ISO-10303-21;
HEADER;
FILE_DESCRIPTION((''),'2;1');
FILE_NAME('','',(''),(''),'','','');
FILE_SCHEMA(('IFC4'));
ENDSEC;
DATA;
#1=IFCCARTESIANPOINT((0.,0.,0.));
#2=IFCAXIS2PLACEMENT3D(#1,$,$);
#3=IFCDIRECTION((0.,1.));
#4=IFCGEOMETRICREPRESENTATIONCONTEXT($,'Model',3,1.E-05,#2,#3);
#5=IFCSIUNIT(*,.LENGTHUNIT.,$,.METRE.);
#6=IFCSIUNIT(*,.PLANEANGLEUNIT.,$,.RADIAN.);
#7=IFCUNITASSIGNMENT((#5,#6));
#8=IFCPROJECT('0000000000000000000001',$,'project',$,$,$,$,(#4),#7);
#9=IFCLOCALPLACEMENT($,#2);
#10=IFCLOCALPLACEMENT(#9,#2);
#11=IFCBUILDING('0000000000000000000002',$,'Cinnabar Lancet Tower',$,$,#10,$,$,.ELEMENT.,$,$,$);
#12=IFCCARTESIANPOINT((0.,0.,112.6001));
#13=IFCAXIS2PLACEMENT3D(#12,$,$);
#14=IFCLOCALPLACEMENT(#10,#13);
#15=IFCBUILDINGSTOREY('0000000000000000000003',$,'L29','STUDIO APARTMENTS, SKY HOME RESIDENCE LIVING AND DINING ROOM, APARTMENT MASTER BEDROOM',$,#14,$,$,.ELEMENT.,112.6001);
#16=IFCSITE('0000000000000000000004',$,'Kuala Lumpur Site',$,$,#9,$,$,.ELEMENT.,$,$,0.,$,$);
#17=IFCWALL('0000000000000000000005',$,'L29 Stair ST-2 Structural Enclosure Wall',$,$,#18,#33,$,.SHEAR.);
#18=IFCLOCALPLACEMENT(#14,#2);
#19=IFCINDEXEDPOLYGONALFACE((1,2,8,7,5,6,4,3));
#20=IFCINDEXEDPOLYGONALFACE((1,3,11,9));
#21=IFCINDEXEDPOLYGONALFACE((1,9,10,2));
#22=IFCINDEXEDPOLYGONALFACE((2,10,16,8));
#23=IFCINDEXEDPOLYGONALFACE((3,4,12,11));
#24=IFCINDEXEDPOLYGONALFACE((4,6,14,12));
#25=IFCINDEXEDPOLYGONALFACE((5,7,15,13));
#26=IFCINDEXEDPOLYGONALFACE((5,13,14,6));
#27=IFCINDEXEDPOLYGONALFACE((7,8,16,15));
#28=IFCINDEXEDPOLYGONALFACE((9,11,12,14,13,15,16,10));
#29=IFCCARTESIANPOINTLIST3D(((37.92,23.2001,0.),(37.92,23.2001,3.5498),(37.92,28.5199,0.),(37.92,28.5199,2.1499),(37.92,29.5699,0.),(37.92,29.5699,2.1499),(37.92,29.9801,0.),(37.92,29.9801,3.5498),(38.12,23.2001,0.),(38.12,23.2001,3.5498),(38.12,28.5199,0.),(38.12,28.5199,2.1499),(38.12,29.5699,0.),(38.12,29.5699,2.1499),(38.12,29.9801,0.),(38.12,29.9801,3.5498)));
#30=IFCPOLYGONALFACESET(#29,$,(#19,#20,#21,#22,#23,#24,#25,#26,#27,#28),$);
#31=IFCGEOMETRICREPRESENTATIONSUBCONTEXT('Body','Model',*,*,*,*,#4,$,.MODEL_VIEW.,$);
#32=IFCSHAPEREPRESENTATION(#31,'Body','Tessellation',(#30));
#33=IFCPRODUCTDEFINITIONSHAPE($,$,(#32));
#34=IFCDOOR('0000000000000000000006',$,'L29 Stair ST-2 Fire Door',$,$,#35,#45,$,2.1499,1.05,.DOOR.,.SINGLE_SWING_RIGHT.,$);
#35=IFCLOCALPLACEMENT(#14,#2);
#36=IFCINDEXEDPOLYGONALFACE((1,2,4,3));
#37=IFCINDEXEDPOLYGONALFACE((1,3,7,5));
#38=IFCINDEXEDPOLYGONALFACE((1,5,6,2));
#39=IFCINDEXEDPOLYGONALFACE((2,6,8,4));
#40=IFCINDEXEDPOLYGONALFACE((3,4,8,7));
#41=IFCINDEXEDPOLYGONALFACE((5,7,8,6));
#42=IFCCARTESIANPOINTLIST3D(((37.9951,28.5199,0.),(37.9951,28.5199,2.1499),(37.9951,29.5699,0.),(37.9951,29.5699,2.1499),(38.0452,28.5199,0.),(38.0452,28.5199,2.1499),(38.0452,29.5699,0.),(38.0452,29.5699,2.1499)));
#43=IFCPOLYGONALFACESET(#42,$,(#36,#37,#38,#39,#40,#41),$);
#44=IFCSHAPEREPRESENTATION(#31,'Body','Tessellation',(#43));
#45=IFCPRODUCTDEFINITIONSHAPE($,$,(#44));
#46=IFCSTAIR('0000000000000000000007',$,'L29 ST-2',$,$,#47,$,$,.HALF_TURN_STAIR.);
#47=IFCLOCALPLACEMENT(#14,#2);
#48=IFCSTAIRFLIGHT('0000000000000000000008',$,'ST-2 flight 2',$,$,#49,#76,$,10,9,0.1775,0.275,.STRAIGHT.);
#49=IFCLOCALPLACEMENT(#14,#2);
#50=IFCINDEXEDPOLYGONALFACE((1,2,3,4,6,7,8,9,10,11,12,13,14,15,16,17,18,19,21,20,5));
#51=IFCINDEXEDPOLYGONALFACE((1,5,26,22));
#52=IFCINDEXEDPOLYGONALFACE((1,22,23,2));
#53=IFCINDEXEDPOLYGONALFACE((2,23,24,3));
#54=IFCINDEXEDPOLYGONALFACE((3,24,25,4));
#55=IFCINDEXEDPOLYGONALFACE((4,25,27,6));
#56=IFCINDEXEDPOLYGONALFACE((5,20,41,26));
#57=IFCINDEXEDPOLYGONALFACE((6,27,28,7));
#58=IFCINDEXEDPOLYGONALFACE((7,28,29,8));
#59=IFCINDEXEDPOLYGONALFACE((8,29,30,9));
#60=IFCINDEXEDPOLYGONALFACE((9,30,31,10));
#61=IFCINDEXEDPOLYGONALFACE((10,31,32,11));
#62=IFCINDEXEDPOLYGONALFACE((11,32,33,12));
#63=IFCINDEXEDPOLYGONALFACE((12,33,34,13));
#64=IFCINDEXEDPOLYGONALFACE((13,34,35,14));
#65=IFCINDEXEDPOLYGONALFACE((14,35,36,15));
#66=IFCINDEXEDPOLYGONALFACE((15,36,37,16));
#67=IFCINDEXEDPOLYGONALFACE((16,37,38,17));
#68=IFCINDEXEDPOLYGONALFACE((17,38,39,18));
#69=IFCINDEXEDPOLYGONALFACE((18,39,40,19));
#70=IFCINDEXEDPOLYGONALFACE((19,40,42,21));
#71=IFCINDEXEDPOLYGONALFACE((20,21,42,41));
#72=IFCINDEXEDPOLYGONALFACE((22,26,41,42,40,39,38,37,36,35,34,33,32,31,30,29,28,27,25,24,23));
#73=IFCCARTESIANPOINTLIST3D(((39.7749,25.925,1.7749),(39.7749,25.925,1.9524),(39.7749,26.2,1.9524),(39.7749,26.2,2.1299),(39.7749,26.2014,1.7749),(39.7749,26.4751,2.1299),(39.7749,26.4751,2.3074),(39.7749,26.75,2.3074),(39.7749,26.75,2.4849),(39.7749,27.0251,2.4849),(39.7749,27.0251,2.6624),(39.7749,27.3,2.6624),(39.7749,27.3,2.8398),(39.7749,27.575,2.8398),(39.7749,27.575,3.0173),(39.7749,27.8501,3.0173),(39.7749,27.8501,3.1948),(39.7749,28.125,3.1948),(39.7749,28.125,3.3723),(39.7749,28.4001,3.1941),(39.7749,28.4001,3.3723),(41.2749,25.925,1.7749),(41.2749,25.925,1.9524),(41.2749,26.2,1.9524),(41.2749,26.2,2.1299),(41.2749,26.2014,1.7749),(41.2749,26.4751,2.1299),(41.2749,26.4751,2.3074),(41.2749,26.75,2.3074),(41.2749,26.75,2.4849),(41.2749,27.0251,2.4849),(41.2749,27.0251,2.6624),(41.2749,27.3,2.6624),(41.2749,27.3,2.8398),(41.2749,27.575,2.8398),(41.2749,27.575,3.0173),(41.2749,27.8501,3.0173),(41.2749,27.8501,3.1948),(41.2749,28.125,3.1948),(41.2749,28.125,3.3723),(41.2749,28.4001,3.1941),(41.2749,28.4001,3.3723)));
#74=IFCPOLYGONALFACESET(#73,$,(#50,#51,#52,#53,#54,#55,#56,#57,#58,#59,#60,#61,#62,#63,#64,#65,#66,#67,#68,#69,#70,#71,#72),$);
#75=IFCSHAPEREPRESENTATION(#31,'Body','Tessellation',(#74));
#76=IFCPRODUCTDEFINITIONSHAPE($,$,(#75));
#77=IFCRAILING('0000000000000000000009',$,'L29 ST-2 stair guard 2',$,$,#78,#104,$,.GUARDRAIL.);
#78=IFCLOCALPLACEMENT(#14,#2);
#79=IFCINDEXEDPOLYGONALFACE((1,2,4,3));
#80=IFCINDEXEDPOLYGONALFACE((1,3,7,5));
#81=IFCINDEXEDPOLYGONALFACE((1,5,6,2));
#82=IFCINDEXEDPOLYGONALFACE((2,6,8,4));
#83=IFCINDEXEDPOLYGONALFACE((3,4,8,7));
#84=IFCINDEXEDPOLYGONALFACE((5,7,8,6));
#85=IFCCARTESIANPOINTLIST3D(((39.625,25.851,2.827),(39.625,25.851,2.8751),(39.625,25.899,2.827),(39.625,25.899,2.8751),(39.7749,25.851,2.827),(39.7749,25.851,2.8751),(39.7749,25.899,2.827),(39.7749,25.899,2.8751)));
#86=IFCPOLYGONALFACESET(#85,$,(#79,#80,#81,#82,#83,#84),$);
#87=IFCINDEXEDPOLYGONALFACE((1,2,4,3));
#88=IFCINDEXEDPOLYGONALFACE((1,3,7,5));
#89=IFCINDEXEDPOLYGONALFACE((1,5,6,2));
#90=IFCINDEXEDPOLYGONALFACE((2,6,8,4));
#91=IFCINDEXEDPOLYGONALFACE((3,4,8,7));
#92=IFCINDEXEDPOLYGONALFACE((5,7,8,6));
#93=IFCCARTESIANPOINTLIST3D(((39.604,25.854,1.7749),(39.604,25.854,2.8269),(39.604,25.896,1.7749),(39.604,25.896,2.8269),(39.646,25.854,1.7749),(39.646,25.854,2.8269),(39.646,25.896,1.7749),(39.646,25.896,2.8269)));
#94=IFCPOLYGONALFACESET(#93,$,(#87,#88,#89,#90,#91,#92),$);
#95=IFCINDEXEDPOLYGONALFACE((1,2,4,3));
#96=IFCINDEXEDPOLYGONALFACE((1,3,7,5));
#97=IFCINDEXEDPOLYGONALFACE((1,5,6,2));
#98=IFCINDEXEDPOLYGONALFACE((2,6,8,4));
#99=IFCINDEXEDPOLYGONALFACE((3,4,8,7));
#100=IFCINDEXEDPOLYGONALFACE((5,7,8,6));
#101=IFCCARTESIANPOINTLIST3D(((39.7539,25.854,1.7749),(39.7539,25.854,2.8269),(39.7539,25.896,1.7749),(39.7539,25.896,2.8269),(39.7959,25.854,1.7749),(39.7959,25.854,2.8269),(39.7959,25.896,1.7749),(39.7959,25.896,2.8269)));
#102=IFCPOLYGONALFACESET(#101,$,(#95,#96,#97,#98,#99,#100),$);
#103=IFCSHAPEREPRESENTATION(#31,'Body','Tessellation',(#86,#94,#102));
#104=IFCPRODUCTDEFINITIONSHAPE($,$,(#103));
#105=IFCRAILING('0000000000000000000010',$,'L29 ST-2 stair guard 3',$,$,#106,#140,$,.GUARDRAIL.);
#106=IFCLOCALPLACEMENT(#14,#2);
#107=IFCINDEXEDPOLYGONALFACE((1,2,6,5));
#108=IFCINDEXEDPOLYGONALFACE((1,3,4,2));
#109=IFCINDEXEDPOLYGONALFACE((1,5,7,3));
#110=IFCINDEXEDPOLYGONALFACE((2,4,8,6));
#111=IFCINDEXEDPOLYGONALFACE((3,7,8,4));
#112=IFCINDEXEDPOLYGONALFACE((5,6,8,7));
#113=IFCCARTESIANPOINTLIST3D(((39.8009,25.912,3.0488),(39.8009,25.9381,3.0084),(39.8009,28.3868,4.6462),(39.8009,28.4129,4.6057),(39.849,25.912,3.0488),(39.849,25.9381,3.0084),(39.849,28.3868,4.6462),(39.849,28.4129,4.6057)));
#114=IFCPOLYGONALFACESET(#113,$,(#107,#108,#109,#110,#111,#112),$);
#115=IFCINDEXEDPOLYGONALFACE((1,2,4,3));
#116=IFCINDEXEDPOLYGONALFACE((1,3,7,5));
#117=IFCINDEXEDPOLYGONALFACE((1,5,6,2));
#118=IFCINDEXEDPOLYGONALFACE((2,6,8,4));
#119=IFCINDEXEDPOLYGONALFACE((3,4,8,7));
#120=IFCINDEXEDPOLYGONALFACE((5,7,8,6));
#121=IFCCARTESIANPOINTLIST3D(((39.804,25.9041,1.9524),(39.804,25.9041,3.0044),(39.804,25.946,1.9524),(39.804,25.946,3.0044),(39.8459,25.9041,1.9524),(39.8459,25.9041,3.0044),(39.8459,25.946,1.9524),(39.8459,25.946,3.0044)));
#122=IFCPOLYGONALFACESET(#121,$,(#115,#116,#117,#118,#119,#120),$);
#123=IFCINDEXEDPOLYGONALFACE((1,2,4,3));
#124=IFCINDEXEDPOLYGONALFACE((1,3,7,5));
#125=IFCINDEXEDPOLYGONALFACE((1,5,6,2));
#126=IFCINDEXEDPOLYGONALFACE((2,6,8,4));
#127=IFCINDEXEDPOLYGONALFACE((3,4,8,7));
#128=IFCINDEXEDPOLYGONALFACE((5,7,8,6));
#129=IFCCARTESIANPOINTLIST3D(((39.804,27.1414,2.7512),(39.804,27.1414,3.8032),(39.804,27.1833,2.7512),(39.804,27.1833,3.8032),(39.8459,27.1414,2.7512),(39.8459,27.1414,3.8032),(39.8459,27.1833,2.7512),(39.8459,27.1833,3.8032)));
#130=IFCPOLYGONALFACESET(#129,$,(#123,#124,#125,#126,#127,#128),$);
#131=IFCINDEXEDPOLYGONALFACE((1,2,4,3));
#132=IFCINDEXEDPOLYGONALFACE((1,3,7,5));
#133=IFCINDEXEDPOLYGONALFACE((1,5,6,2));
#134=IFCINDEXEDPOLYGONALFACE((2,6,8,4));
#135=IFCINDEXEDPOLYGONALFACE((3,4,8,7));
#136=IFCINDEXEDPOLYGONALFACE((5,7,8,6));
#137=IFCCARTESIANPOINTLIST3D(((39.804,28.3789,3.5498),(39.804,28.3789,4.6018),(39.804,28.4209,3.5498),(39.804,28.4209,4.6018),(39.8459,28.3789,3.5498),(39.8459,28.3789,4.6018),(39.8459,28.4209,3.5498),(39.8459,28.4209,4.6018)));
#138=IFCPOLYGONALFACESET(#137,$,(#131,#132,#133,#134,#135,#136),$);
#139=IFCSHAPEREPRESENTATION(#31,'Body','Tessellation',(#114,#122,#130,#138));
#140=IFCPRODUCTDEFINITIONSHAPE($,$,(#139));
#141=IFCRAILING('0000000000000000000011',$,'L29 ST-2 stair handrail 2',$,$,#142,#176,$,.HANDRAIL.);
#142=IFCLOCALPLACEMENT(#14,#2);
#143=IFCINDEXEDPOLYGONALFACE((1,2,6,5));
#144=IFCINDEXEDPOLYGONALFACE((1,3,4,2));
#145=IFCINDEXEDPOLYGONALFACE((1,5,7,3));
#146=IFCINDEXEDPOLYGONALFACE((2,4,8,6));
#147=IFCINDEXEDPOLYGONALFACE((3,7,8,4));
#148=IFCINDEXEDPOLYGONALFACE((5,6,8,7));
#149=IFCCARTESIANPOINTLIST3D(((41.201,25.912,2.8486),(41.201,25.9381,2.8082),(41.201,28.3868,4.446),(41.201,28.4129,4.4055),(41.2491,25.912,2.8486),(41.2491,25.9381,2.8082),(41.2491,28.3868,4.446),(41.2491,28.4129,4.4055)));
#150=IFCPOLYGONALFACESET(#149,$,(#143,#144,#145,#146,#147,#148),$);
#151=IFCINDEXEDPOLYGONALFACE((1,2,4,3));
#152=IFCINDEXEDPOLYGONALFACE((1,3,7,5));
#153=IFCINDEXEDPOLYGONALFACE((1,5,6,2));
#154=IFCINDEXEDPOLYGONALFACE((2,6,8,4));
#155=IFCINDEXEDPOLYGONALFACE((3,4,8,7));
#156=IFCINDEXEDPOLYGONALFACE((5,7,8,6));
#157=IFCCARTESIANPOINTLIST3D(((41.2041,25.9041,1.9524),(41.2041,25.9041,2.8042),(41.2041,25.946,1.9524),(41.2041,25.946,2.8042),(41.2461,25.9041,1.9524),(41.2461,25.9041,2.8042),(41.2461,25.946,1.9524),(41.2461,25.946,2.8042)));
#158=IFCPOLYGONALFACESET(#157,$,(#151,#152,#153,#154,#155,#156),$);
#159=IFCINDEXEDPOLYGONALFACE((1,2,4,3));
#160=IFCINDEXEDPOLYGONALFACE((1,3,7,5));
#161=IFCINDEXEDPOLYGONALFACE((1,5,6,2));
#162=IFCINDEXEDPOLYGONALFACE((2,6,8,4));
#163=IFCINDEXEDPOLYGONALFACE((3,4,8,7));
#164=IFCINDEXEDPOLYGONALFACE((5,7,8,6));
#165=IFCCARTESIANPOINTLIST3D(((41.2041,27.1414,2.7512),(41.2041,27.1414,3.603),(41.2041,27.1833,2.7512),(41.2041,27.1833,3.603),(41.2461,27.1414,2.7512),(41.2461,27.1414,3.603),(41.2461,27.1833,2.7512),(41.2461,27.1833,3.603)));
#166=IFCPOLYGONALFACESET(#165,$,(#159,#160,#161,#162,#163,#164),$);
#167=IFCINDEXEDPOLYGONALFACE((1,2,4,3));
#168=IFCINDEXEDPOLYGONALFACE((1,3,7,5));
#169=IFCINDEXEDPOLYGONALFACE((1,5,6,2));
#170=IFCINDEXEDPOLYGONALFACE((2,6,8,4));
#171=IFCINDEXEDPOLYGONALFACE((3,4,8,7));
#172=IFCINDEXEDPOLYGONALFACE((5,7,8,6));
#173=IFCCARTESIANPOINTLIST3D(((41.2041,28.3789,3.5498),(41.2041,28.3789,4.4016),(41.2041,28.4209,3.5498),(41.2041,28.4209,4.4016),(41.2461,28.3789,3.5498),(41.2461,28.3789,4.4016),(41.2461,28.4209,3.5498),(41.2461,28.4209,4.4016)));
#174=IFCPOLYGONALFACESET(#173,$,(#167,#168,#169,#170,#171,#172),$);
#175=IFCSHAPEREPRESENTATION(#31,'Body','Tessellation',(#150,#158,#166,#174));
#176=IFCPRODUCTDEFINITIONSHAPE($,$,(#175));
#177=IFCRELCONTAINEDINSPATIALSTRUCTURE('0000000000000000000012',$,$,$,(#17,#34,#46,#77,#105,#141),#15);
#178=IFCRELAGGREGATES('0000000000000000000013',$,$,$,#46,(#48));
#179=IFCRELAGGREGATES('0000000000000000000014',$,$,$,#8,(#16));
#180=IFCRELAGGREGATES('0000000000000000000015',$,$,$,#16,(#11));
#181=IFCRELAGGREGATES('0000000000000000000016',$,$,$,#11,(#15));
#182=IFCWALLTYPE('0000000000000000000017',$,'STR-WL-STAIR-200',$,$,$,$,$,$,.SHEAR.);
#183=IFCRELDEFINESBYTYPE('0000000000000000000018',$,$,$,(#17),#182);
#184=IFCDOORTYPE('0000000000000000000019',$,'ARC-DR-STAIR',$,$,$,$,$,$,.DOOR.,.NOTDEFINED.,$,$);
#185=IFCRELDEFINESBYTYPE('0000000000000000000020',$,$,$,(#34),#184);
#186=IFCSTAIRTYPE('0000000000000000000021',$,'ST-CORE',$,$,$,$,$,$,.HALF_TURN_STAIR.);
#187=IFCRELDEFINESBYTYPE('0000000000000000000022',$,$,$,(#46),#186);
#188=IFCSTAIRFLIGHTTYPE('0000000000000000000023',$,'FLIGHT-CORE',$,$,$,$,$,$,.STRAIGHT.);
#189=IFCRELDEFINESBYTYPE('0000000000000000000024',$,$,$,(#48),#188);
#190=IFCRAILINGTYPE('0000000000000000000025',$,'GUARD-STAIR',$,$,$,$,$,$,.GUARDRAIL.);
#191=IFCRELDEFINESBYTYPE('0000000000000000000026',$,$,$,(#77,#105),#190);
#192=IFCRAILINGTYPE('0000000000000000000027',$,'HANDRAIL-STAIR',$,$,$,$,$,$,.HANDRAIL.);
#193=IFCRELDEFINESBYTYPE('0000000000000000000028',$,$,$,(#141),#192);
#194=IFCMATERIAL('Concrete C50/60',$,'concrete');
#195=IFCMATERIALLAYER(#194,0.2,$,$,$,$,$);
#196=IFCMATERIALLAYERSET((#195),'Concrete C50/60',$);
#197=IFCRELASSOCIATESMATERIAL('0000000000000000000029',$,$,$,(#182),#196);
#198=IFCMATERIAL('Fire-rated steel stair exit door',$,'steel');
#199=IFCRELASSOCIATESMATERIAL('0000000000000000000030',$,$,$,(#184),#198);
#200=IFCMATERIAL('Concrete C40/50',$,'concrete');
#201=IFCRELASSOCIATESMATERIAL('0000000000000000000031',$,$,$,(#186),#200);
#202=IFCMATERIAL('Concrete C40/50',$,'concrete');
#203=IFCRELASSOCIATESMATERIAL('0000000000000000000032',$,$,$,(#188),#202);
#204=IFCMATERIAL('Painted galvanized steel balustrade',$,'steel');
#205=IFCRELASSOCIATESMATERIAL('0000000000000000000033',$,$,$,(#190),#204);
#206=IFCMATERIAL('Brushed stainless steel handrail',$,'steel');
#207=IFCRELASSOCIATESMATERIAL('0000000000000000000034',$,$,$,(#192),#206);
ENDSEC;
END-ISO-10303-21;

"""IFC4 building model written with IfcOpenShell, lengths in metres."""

from ifc_helpers import new_model, si_unit, direction, frame, frame_2d, origin, origin_2d, place, context, subcontext, project, spatial, polyline, rectangle, outline, extrude, material, layer, layer_set, type_object, element, fill, aggregate, save


model = new_model("IFC4")

# Units and contexts
model_context = context("Model", 3, precision=1e-05, world=origin(), true_north=direction((0.0, 1.0)))
body_context = subcontext(model_context, "Body", "Model", "MODEL_VIEW")
ifc_project = project(units=[si_unit("LENGTHUNIT", "METRE"), si_unit("PLANEANGLEUNIT", "RADIAN")], contexts=[model_context])

# Site, building, storey
site_placement = place(None, origin())
site = spatial("IfcSite", under=ifc_project, at=site_placement, Name="Kuala Lumpur Site", CompositionType="ELEMENT", RefElevation=0.0)
building_placement = place(site_placement, origin())
building = spatial("IfcBuilding", under=site, at=building_placement, Name="Cinnabar Lancet Tower", CompositionType="ELEMENT")
storey_placement = place(building_placement, frame((0.0, 0.0, 112.6001)))
storey = spatial("IfcBuildingStorey", under=building, at=storey_placement, Name="L29", Description="STUDIO APARTMENTS, SKY HOME RESIDENCE LIVING AND DINING ROOM, APARTMENT MASTER BEDROOM", CompositionType="ELEMENT", Elevation=112.6001)

# Wall, opening, door
ifc_material_1 = material(Name="Concrete C50/60", Category="concrete")
ifc_layer_1 = layer(ifc_material_1, 0.2)
ifc_layer_set_1 = layer_set([ifc_layer_1], Name="Concrete C50/60")
wall_type_1 = type_object("IfcWallType", Name="STR-WL-STAIR-200", PredefinedType="SHEAR", material=ifc_layer_set_1)
wall_1_placement = place(storey_placement, frame((38.02, 23.2, 0.0), z_axis=(0.0, 0.0, 1.0), x_axis=(0.0, 1.0, 0.0)))
wall_1 = element("IfcWall", 1, at=wall_1_placement, inside=storey, type_object=wall_type_1, Name="L29 Stair ST-2 Structural Enclosure Wall", PredefinedType="SHEAR", context=body_context, shape_type="SweptSolid", body=[
    extrude(rectangle(XDim=6.78, YDim=0.2, at=frame_2d((3.3901, 0.0))), origin(), (0.0, 0.0, 1.0), 3.5498),
])
opening_1_placement = place(wall_1_placement, frame((5.3201, 0.0, 0.0)))
opening_1 = element("IfcOpeningElement", 2, at=opening_1_placement, cuts=wall_1, PredefinedType="OPENING", context=body_context, shape_type="SweptSolid", body=[
    extrude(rectangle(XDim=1.05, YDim=2.1499, at=frame_2d((0.5249, 1.075))), frame((0.0, 0.1099, 0.0), z_axis=(0.0, -1.0, 0.0), x_axis=(1.0, 0.0, 0.0)), (0.0, 0.0, 1.0), 0.22),
])
ifc_material_2 = material(Name="Fire-rated steel stair exit door", Category="steel")
door_type_1 = type_object("IfcDoorType", Name="ARC-DR-STAIR", OperationType="NOTDEFINED", PredefinedType="DOOR", material=ifc_material_2)
door_1_placement = place(opening_1_placement, origin())
door_1 = element("IfcDoor", 3, at=door_1_placement, inside=storey, type_object=door_type_1, Name="L29 Stair ST-2 Fire Door", OperationType="SINGLE_SWING_RIGHT", OverallHeight=2.1499, OverallWidth=1.05, PredefinedType="DOOR", context=body_context, shape_type="SweptSolid", body=[
    extrude(rectangle(XDim=1.05, YDim=2.1499, at=frame_2d((0.5249, 1.075))), frame((0.0, 0.0249, 0.0), z_axis=(0.0, -1.0, 0.0), x_axis=(1.0, 0.0, 0.0)), (0.0, 0.0, 1.0), 0.05),
])
fill(opening_1, door_1)

# Stair, stair flight
ifc_material_3 = material(Name="Concrete C40/50", Category="concrete")
stair_type = type_object("IfcStairType", Name="ST-CORE", PredefinedType="HALF_TURN_STAIR", material=ifc_material_3)
stair_placement = place(storey_placement, origin())
stair = element("IfcStair", 4, at=stair_placement, inside=storey, type_object=stair_type, Name="L29 ST-2", PredefinedType="HALF_TURN_STAIR")
ifc_material_4 = material(Name="Concrete C40/50", Category="concrete")
stair_flight_type = type_object("IfcStairFlightType", Name="FLIGHT-CORE", PredefinedType="STRAIGHT", material=ifc_material_4)
stair_flight_placement = place(storey_placement, frame((40.5249, 25.925, 1.7749), z_axis=(0.0, 0.0, 1.0), x_axis=(0.0, 1.0, 0.0)))
stair_flight = element("IfcStairFlight", 5, at=stair_flight_placement, type_object=stair_flight_type, Name="ST-2 flight 2", NumberOfRisers=10, NumberOfTreads=9, PredefinedType="STRAIGHT", RiserHeight=0.1775, TreadLength=0.275, context=body_context, shape_type="SweptSolid", body=[
    extrude(outline(polyline([(0.0, 0.0), (0.0, 0.1775), (0.2749, 0.1775), (0.2749, 0.355), (0.55, 0.355), (0.55, 0.5325), (0.825, 0.5325), (0.825, 0.71), (1.1001, 0.71), (1.1001, 0.8875), (1.375, 0.8875), (1.375, 1.0649), (1.6499, 1.0649), (1.6499, 1.2424), (1.925, 1.2424), (1.925, 1.4199), (2.2, 1.4199), (2.2, 1.5974), (2.4751, 1.5974), (2.4751, 1.7749), (2.4751, 1.4192), (0.2764, 0.0), (0.0, 0.0)])), frame((0.0, 0.75, 0.0), z_axis=(0.0, -1.0, 0.0), x_axis=(1.0, 0.0, 0.0)), (0.0, 0.0, 1.0), 1.5),
])
aggregate(stair, [stair_flight])

# Railings
ifc_material_5 = material(Name="Painted galvanized steel balustrade", Category="steel")
railing_type_1 = type_object("IfcRailingType", Name="GUARD-STAIR", PredefinedType="GUARDRAIL", material=ifc_material_5)
railing_1_placement = place(storey_placement, frame((39.625, 25.875, 1.7749)))
element("IfcRailing", 6, at=railing_1_placement, inside=storey, type_object=railing_type_1, Name="L29 ST-2 stair guard 2", PredefinedType="GUARDRAIL", context=body_context, shape_type="SweptSolid", body=[
    extrude(rectangle(XDim=0.0481, YDim=0.0481, at=origin_2d()), frame((0.0, 0.0, 1.0762), z_axis=(1.0, 0.0, 0.0), x_axis=(0.0, 1.0, 0.0)), (0.0, 0.0, 1.0), 0.1499),
    extrude(rectangle(XDim=0.042, YDim=0.042, at=origin_2d()), origin(), (0.0, 0.0, 1.0), 1.052),
    extrude(rectangle(XDim=0.042, YDim=0.042, at=origin_2d()), frame((0.1499, 0.0, 0.0)), (0.0, 0.0, 1.0), 1.052),
])
railing_2_placement = place(storey_placement, frame((39.825, 25.925, 1.9524)))
element("IfcRailing", 7, at=railing_2_placement, inside=storey, type_object=railing_type_1, Name="L29 ST-2 stair guard 3", PredefinedType="GUARDRAIL", context=body_context, shape_type="SweptSolid", body=[
    extrude(rectangle(XDim=0.0481, YDim=0.0481, at=origin_2d()), frame((0.0, 0.0, 1.0762), z_axis=(0.0, 0.840183, 0.542302), x_axis=(-1.0, 0.0, 0.0)), (0.0, 0.0, 1.0), 2.9456),
    extrude(rectangle(XDim=0.042, YDim=0.042, at=origin_2d()), origin(), (0.0, 0.0, 1.0), 1.052),
    extrude(rectangle(XDim=0.042, YDim=0.042, at=origin_2d()), frame((0.0, 1.2373, 0.7988)), (0.0, 0.0, 1.0), 1.052),
    extrude(rectangle(XDim=0.042, YDim=0.042, at=origin_2d()), frame((0.0, 2.4749, 1.5974)), (0.0, 0.0, 1.0), 1.052),
])
ifc_material_6 = material(Name="Brushed stainless steel handrail", Category="steel")
railing_type_2 = type_object("IfcRailingType", Name="HANDRAIL-STAIR", PredefinedType="HANDRAIL", material=ifc_material_6)
railing_3_placement = place(storey_placement, frame((41.2251, 25.925, 1.9524)))
element("IfcRailing", 8, at=railing_3_placement, inside=storey, type_object=railing_type_2, Name="L29 ST-2 stair handrail 2", PredefinedType="HANDRAIL", context=body_context, shape_type="SweptSolid", body=[
    extrude(rectangle(XDim=0.0481, YDim=0.0481, at=origin_2d()), frame((0.0, 0.0, 0.876), z_axis=(0.0, 0.840183, 0.542302), x_axis=(-1.0, 0.0, 0.0)), (0.0, 0.0, 1.0), 2.9456),
    extrude(rectangle(XDim=0.042, YDim=0.042, at=origin_2d()), origin(), (0.0, 0.0, 1.0), 0.8518),
    extrude(rectangle(XDim=0.042, YDim=0.042, at=origin_2d()), frame((0.0, 1.2373, 0.7988)), (0.0, 0.0, 1.0), 0.8518),
    extrude(rectangle(XDim=0.042, YDim=0.042, at=origin_2d()), frame((0.0, 2.4749, 1.5974)), (0.0, 0.0, 1.0), 0.8518),
])

save(model, "model.ifc")
